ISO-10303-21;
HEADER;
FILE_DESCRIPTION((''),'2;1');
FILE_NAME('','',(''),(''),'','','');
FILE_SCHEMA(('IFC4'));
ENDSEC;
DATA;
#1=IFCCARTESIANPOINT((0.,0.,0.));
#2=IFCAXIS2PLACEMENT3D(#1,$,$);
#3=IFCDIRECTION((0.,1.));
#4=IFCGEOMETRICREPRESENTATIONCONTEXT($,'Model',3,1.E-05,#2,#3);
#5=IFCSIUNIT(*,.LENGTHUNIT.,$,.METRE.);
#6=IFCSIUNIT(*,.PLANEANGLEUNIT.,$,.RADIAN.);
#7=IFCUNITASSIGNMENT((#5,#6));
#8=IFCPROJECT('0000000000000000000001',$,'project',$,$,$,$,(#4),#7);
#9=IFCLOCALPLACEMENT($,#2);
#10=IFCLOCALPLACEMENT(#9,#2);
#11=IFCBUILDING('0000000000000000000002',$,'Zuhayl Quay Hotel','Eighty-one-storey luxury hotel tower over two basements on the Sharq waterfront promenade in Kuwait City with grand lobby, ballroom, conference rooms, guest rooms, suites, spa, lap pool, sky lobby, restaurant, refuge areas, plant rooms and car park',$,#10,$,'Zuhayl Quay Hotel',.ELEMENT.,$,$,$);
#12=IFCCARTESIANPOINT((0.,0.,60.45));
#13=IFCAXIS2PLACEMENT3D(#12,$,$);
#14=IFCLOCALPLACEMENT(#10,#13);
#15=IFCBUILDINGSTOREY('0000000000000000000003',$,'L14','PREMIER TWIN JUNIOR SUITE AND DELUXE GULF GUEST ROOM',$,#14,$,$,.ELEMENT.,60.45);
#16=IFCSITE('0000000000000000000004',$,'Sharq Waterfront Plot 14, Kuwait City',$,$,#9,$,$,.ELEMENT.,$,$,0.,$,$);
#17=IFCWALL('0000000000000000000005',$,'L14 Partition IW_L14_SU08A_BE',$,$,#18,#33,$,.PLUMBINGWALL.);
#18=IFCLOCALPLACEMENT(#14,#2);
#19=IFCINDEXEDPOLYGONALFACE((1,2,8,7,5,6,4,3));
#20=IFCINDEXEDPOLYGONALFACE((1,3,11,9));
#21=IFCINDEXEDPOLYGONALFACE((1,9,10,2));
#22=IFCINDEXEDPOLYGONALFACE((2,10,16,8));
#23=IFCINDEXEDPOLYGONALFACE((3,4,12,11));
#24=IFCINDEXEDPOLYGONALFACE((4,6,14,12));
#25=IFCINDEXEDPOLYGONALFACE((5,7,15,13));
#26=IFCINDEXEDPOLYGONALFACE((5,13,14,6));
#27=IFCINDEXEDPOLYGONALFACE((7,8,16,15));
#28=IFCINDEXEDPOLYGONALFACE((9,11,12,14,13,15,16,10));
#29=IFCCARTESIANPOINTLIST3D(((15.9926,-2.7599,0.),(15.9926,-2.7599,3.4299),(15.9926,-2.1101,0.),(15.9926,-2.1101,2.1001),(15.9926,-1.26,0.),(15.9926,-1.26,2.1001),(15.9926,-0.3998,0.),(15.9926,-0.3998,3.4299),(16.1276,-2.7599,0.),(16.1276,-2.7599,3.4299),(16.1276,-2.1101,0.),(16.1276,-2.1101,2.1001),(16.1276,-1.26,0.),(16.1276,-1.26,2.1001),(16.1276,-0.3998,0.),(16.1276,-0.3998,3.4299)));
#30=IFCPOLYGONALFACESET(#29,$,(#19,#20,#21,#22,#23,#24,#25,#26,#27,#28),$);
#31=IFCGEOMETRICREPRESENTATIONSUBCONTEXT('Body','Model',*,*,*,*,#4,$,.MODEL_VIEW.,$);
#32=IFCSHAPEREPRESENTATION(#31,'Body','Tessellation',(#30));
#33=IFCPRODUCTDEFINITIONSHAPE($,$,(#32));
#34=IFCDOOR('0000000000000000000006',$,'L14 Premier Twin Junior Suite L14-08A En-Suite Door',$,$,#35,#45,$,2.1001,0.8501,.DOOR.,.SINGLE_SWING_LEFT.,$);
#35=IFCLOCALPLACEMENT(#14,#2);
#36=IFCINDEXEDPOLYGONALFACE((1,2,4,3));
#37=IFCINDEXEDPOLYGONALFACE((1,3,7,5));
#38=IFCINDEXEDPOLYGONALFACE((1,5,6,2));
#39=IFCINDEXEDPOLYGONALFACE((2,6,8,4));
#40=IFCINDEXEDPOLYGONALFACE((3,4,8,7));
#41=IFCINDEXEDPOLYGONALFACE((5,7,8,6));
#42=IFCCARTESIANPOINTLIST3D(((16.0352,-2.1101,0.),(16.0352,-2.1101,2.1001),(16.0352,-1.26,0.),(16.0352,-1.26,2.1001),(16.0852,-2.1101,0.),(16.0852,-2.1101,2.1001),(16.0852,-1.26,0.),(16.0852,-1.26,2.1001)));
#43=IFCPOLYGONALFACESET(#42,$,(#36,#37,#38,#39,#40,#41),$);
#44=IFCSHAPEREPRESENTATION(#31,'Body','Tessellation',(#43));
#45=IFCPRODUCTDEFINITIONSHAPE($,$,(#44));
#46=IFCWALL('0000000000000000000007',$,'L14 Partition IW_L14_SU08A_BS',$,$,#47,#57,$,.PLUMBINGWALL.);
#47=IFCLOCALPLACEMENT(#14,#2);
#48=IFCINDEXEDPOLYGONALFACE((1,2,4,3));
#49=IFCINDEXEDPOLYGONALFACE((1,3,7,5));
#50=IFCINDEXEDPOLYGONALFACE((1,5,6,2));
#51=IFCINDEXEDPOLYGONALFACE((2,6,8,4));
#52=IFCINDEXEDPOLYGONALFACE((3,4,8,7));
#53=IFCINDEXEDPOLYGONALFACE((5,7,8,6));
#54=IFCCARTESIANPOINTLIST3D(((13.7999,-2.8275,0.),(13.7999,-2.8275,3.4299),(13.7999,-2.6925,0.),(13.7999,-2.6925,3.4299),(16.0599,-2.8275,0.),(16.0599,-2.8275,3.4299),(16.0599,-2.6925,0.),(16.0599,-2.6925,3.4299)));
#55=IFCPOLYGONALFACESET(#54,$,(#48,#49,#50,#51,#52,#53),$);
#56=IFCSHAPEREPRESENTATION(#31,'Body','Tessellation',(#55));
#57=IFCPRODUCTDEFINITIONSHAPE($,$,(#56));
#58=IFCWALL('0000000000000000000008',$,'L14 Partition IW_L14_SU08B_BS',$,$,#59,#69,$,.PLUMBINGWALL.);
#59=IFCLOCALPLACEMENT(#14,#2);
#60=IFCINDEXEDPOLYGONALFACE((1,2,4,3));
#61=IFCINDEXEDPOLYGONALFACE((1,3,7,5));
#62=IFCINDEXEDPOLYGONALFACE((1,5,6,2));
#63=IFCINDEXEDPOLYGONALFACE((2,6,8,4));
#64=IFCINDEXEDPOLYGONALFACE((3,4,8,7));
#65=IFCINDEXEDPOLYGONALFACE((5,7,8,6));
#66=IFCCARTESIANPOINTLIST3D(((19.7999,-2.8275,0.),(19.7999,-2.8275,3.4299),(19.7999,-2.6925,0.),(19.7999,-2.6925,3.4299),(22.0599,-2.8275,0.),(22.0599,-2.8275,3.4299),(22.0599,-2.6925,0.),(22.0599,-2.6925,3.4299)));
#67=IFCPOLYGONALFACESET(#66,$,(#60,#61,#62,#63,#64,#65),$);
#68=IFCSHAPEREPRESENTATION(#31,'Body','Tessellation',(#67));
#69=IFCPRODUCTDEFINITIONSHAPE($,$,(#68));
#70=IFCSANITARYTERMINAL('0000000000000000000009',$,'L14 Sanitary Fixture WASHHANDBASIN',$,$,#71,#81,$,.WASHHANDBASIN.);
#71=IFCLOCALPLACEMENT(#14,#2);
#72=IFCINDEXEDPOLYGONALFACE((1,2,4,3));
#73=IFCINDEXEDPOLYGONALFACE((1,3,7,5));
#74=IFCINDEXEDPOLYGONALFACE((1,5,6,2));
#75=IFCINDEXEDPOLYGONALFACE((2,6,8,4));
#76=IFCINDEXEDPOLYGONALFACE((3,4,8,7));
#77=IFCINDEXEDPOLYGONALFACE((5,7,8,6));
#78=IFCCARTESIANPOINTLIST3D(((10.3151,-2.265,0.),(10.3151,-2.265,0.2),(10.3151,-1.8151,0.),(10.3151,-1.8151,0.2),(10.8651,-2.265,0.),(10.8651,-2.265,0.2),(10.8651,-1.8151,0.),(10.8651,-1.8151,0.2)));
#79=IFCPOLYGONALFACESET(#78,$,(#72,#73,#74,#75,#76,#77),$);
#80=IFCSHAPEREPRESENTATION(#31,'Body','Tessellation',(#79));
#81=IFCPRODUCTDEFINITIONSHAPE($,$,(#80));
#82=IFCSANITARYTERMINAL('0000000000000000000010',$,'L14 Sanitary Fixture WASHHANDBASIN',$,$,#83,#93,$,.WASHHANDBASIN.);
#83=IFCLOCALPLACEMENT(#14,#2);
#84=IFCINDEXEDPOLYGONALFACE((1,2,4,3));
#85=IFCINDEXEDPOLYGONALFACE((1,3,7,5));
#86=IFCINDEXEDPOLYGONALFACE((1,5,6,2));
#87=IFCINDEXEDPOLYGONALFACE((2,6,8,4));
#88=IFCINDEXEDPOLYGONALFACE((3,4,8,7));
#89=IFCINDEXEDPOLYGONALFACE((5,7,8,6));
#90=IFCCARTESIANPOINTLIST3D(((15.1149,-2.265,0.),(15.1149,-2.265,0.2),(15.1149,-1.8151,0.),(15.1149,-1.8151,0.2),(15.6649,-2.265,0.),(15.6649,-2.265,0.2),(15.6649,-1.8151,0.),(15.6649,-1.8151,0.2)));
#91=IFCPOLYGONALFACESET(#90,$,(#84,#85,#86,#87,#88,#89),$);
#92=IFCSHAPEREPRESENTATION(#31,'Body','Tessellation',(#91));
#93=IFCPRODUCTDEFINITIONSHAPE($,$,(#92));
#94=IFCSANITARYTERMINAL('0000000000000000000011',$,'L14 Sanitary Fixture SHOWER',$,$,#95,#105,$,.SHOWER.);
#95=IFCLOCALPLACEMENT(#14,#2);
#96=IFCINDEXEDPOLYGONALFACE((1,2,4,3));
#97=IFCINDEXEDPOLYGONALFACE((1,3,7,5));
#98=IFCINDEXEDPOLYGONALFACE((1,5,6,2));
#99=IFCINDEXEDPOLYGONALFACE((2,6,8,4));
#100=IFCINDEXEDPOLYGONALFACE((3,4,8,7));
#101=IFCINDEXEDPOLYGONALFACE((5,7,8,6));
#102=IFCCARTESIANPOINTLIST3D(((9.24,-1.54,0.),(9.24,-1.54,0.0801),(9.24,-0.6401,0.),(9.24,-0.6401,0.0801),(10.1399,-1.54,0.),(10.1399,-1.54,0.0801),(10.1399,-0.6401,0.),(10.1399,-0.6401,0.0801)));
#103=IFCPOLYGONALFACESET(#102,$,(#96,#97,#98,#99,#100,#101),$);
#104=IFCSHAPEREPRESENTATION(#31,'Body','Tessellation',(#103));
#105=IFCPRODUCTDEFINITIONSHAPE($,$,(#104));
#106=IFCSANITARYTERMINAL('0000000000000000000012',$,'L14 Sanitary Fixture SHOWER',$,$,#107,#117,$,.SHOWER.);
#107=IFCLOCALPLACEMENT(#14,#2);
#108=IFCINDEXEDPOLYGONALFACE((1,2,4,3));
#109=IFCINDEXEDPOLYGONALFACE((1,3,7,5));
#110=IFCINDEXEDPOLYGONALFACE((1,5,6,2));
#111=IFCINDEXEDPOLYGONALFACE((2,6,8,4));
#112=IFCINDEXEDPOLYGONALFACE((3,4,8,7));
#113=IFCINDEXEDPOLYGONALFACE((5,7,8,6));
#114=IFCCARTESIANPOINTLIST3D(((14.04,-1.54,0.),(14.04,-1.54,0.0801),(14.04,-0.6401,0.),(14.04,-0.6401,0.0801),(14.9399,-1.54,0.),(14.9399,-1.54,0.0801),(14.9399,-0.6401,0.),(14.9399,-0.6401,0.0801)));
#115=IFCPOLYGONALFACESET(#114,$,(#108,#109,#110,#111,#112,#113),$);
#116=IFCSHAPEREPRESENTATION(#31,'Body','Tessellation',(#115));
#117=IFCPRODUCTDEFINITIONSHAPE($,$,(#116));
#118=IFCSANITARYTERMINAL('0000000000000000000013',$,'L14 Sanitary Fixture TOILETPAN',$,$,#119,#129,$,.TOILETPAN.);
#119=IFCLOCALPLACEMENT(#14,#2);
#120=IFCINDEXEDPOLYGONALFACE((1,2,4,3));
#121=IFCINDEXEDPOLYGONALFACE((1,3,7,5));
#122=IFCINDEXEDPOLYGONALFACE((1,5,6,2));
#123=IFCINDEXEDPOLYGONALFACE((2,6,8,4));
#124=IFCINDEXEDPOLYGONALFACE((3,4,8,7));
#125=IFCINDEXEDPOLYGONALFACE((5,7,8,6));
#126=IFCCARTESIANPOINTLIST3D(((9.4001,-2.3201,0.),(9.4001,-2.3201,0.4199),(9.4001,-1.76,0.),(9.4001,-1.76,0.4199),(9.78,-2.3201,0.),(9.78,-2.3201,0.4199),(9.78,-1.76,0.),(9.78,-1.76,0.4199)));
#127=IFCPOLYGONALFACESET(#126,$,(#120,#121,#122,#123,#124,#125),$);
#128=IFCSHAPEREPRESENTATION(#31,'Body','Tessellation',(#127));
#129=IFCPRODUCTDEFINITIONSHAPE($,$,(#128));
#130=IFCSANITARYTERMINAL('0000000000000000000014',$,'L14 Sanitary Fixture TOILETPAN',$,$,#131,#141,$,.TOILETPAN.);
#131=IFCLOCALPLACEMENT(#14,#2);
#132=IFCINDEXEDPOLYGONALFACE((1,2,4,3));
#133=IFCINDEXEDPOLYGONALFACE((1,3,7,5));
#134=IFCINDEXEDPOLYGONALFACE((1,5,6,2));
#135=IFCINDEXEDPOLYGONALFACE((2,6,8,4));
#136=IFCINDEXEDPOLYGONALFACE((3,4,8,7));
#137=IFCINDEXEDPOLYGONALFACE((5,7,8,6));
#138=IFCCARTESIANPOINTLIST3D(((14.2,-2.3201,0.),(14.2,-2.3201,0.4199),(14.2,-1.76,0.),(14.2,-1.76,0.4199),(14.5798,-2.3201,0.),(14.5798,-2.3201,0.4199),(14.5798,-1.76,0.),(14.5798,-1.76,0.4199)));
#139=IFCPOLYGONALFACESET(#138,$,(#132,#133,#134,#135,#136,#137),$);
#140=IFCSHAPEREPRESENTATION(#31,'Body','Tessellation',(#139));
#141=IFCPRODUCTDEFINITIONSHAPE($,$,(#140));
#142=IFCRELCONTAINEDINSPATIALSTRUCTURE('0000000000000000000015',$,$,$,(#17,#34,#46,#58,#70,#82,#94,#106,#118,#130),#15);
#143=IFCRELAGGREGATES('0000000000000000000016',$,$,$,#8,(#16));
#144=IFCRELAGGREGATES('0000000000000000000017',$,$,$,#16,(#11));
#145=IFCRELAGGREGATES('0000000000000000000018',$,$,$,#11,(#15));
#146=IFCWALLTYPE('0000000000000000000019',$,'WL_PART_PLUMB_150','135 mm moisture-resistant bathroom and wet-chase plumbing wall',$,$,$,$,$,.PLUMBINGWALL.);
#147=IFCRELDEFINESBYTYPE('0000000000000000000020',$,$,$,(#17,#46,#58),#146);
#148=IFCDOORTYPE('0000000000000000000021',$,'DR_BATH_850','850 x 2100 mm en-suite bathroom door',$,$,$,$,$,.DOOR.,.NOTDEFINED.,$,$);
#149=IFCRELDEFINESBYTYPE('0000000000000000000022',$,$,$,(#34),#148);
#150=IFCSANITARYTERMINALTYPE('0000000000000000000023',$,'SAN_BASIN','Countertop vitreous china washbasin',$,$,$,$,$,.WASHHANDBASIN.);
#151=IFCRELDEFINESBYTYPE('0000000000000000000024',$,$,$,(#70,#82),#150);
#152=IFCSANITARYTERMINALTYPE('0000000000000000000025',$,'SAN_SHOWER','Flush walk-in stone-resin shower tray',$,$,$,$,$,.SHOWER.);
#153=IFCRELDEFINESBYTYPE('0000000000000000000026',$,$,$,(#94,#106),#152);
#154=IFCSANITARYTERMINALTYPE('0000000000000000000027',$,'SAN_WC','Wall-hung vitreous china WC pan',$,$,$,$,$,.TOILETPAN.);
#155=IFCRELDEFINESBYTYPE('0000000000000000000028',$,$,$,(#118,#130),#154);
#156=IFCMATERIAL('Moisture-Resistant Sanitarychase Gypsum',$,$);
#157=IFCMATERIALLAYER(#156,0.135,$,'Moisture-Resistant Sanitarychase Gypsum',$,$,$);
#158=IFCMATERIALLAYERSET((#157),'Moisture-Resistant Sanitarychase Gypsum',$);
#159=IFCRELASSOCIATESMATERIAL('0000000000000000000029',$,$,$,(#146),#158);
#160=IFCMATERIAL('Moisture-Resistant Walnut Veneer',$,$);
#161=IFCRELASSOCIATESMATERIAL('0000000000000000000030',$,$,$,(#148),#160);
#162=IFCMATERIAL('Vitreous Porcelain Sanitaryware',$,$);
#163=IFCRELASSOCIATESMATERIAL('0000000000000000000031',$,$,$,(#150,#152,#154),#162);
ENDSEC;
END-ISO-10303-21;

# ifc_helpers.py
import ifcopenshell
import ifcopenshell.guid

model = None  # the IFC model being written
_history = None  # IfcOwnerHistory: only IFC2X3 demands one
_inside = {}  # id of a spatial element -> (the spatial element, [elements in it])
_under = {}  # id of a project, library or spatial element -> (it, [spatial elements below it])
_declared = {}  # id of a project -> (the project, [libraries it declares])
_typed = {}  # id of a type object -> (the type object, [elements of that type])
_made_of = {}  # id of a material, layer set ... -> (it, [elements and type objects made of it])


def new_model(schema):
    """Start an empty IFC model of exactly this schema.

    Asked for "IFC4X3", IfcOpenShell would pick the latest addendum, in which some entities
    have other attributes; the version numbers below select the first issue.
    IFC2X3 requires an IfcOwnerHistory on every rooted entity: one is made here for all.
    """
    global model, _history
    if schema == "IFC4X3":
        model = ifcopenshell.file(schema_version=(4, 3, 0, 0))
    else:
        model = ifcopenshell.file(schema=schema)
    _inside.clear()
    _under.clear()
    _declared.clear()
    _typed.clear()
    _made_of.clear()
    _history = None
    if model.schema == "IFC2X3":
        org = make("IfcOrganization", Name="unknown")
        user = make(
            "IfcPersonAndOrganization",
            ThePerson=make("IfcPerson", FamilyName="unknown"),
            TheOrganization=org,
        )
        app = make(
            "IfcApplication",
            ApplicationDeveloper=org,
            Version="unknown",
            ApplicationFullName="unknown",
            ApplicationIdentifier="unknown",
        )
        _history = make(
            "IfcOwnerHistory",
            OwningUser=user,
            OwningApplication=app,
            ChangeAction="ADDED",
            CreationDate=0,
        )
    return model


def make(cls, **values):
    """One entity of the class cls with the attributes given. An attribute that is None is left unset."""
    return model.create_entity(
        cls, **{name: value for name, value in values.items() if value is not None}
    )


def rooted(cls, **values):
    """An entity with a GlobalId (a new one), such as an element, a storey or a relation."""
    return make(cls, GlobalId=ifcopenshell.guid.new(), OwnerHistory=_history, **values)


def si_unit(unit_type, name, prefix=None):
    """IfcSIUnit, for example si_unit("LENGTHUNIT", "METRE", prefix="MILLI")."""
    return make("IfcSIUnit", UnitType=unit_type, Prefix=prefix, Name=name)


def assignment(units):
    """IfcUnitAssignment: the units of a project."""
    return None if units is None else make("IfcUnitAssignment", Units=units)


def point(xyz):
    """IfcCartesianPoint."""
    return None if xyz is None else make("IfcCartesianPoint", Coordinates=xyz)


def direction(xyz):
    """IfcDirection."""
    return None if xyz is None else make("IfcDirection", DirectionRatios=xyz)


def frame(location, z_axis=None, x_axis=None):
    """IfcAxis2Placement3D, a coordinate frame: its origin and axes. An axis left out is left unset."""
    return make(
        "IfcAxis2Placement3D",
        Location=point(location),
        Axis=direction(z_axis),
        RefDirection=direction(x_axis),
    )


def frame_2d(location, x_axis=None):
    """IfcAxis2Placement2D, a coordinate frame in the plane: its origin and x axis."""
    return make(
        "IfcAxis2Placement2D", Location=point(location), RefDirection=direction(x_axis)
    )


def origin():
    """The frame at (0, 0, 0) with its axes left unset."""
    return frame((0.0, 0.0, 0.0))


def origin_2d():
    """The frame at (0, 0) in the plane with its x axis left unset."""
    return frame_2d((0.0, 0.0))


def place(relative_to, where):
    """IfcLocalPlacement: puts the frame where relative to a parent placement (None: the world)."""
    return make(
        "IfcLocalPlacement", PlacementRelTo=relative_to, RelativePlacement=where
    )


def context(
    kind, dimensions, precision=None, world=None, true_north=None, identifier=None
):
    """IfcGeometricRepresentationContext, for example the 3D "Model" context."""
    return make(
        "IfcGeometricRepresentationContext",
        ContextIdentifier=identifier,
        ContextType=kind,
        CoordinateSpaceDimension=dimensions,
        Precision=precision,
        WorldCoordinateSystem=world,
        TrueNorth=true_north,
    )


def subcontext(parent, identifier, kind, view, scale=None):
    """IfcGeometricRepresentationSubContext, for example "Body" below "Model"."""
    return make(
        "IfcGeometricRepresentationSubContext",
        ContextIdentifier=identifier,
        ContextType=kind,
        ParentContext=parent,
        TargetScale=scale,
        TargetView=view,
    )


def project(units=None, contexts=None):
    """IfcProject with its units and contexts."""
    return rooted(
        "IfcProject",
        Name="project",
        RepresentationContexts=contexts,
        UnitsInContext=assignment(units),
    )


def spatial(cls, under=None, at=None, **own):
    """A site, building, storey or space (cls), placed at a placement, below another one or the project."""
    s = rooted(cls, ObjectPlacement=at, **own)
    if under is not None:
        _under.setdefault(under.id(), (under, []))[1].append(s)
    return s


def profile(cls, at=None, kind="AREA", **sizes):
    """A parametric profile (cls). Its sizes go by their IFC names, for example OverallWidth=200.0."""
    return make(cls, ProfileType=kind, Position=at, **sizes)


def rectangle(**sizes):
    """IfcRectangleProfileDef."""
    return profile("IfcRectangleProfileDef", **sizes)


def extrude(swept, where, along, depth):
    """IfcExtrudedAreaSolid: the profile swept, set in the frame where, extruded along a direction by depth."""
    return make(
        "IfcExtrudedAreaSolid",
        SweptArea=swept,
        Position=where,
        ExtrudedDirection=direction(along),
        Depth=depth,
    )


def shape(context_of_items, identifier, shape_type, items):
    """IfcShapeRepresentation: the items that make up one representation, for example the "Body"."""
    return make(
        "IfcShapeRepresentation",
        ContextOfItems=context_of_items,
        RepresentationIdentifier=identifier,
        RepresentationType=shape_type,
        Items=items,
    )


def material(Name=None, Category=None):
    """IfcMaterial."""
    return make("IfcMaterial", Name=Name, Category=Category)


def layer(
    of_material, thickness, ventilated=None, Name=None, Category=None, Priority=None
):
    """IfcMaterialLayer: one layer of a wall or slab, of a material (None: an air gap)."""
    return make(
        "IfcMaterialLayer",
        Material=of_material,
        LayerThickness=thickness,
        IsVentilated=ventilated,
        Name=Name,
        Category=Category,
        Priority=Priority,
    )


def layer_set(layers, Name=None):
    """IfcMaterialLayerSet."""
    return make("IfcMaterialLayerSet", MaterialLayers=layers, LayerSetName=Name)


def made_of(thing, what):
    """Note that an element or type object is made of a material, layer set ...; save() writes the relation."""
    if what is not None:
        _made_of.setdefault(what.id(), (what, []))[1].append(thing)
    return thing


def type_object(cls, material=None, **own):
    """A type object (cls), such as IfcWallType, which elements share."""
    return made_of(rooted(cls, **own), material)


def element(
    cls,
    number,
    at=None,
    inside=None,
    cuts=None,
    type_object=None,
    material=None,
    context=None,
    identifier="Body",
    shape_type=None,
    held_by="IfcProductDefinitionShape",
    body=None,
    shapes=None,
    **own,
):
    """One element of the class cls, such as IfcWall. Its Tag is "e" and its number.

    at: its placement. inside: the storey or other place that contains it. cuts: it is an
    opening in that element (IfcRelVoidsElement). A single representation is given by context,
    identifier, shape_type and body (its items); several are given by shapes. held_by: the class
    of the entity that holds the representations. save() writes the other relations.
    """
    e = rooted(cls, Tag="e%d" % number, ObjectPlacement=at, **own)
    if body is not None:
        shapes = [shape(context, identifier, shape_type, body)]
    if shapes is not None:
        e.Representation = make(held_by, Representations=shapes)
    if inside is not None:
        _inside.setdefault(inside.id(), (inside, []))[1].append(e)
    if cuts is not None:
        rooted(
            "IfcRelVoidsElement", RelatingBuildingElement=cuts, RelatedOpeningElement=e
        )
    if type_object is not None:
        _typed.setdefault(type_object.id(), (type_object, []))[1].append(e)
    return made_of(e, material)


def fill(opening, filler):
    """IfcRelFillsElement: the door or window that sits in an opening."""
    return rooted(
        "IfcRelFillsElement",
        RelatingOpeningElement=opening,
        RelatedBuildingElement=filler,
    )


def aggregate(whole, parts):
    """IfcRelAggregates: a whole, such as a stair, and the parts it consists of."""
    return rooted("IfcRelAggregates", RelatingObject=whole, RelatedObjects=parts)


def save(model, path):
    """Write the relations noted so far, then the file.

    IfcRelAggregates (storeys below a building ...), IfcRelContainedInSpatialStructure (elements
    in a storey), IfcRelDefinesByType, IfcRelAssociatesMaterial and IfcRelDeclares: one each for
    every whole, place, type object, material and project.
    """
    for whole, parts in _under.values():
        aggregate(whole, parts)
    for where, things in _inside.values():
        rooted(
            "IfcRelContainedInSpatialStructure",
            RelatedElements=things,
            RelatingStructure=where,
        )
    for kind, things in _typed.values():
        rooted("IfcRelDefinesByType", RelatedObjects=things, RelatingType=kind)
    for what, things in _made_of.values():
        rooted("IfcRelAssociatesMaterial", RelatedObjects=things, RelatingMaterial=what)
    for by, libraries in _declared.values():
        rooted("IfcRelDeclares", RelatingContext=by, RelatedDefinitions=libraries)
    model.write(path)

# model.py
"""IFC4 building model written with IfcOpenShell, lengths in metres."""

from ifc_helpers import new_model, si_unit, direction, frame, frame_2d, origin, origin_2d, place, context, subcontext, project, spatial, rectangle, extrude, material, layer, layer_set, type_object, element, fill, save


model = new_model("IFC4")

# Units and contexts
model_context = context("Model", 3, precision=1e-05, world=origin(), true_north=direction((0.0, 1.0)))
body_context = subcontext(model_context, "Body", "Model", "MODEL_VIEW")
ifc_project = project(units=[si_unit("LENGTHUNIT", "METRE"), si_unit("PLANEANGLEUNIT", "RADIAN")], contexts=[model_context])

# Site, building, storey
site_placement = place(None, origin())
site = spatial("IfcSite", under=ifc_project, at=site_placement, Name="Sharq Waterfront Plot 14, Kuwait City", CompositionType="ELEMENT", RefElevation=0.0)
building_placement = place(site_placement, origin())
building = spatial("IfcBuilding", under=site, at=building_placement, Name="Zuhayl Quay Hotel", Description="Eighty-one-storey luxury hotel tower over two basements on the Sharq waterfront promenade in Kuwait City with grand lobby, ballroom, conference rooms, guest rooms, suites, spa, lap pool, sky lobby, restaurant, refuge areas, plant rooms and car park", LongName="Zuhayl Quay Hotel", CompositionType="ELEMENT")
storey_placement = place(building_placement, frame((0.0, 0.0, 60.45)))
storey = spatial("IfcBuildingStorey", under=building, at=storey_placement, Name="L14", Description="PREMIER TWIN JUNIOR SUITE AND DELUXE GULF GUEST ROOM", CompositionType="ELEMENT", Elevation=60.45)

# Wall, opening, door
ifc_material_1 = material(Name="Moisture-Resistant Sanitarychase Gypsum")
ifc_layer_1 = layer(ifc_material_1, 0.135, Name="Moisture-Resistant Sanitarychase Gypsum")
ifc_layer_set_1 = layer_set([ifc_layer_1], Name="Moisture-Resistant Sanitarychase Gypsum")
wall_type_1 = type_object("IfcWallType", Name="WL_PART_PLUMB_150", Description="135 mm moisture-resistant bathroom and wet-chase plumbing wall", PredefinedType="PLUMBINGWALL", material=ifc_layer_set_1)
ifc_material_2 = material(Name="Moisture-Resistant Walnut Veneer")
door_type_1 = type_object("IfcDoorType", Name="DR_BATH_850", Description="850 x 2100 mm en-suite bathroom door", OperationType="NOTDEFINED", PredefinedType="DOOR", material=ifc_material_2)
wall_1_placement = place(storey_placement, frame((16.0601, -2.76, 0.0), z_axis=(0.0, 0.0, 1.0), x_axis=(0.0, 1.0, 0.0)))
wall_1 = element("IfcWall", 1, at=wall_1_placement, inside=storey, type_object=wall_type_1, Name="L14 Partition IW_L14_SU08A_BE", PredefinedType="PLUMBINGWALL", context=body_context, shape_type="SweptSolid", body=[
    extrude(rectangle(XDim=2.3601, YDim=0.135, at=frame_2d((1.1802, 0.0))), origin(), (0.0, 0.0, 1.0), 3.4299),
])
opening_1_placement = place(wall_1_placement, frame((0.6499, 0.0, 0.0)))
opening_1 = element("IfcOpeningElement", 2, at=opening_1_placement, cuts=wall_1, PredefinedType="OPENING", context=body_context, shape_type="SweptSolid", body=[
    extrude(rectangle(XDim=0.8501, YDim=2.1001, at=frame_2d((0.425, 1.05))), frame((0.0, 0.0774, 0.0), z_axis=(0.0, -1.0, 0.0), x_axis=(1.0, 0.0, 0.0)), (0.0, 0.0, 1.0), 0.155),
])
door_1_placement = place(opening_1_placement, origin())
door_1 = element("IfcDoor", 3, at=door_1_placement, inside=storey, type_object=door_type_1, Name="L14 Premier Twin Junior Suite L14-08A En-Suite Door", OperationType="SINGLE_SWING_LEFT", OverallHeight=2.1001, OverallWidth=0.8501, PredefinedType="DOOR", context=body_context, shape_type="SweptSolid", body=[
    extrude(rectangle(XDim=0.8501, YDim=2.1001, at=frame_2d((0.425, 1.05))), frame((0.0, 0.0249, 0.0), z_axis=(0.0, -1.0, 0.0), x_axis=(1.0, 0.0, 0.0)), (0.0, 0.0, 1.0), 0.05),
])
fill(opening_1, door_1)

# Walls
for number, where, z_axis, x_axis, name in (
    (4, (13.8, -2.76, 0.0), (0.0, 0.0, 1.0), (1.0, 0.0, 0.0), "L14 Partition IW_L14_SU08A_BS"),
    (5, (19.8, -2.76, 0.0), (0.0, 0.0, 1.0), (1.0, 0.0, 0.0), "L14 Partition IW_L14_SU08B_BS"),
):
    element("IfcWall", number, at=place(storey_placement, frame(where, z_axis=z_axis, x_axis=x_axis)), inside=storey, type_object=wall_type_1, Name=name, PredefinedType="PLUMBINGWALL", context=body_context, shape_type="SweptSolid", body=[
        extrude(rectangle(XDim=2.26, YDim=0.135, at=frame_2d((1.1299, 0.0))), origin(), (0.0, 0.0, 1.0), 3.4299),
    ])

# Sanitary terminals
ifc_material_3 = material(Name="Vitreous Porcelain Sanitaryware")
sanitary_terminal_type_1 = type_object("IfcSanitaryTerminalType", Name="SAN_BASIN", Description="Countertop vitreous china washbasin", PredefinedType="WASHHANDBASIN", material=ifc_material_3)
for number, where, z_axis, x_axis, name in (
    (6, (10.5901, -2.04, 0.0), (0.0, 0.0, 1.0), (1.0, 0.0, 0.0), "L14 Sanitary Fixture WASHHANDBASIN"),
    (7, (15.3899, -2.04, 0.0), (0.0, 0.0, 1.0), (1.0, 0.0, 0.0), "L14 Sanitary Fixture WASHHANDBASIN"),
):
    element("IfcSanitaryTerminal", number, at=place(storey_placement, frame(where, z_axis=z_axis, x_axis=x_axis)), inside=storey, type_object=sanitary_terminal_type_1, Name=name, PredefinedType="WASHHANDBASIN", context=body_context, shape_type="SweptSolid", body=[
        extrude(rectangle(XDim=0.55, YDim=0.45, at=origin_2d()), origin(), (0.0, 0.0, 1.0), 0.2),
    ])
sanitary_terminal_type_2 = type_object("IfcSanitaryTerminalType", Name="SAN_SHOWER", Description="Flush walk-in stone-resin shower tray", PredefinedType="SHOWER", material=ifc_material_3)
for number, where, z_axis, x_axis, name in (
    (8, (9.6899, -1.0901, 0.0), (0.0, 0.0, 1.0), (1.0, 0.0, 0.0), "L14 Sanitary Fixture SHOWER"),
    (9, (14.49, -1.0901, 0.0), (0.0, 0.0, 1.0), (1.0, 0.0, 0.0), "L14 Sanitary Fixture SHOWER"),
):
    element("IfcSanitaryTerminal", number, at=place(storey_placement, frame(where, z_axis=z_axis, x_axis=x_axis)), inside=storey, type_object=sanitary_terminal_type_2, Name=name, PredefinedType="SHOWER", context=body_context, shape_type="SweptSolid", body=[
        extrude(rectangle(XDim=0.8999, YDim=0.8999, at=origin_2d()), origin(), (0.0, 0.0, 1.0), 0.0801),
    ])
sanitary_terminal_type_3 = type_object("IfcSanitaryTerminalType", Name="SAN_WC", Description="Wall-hung vitreous china WC pan", PredefinedType="TOILETPAN", material=ifc_material_3)
for number, where, z_axis, x_axis, name in (
    (10, (9.5901, -2.04, 0.0), (0.0, 0.0, 1.0), (1.0, 0.0, 0.0), "L14 Sanitary Fixture TOILETPAN"),
    (11, (14.3899, -2.04, 0.0), (0.0, 0.0, 1.0), (1.0, 0.0, 0.0), "L14 Sanitary Fixture TOILETPAN"),
):
    element("IfcSanitaryTerminal", number, at=place(storey_placement, frame(where, z_axis=z_axis, x_axis=x_axis)), inside=storey, type_object=sanitary_terminal_type_3, Name=name, PredefinedType="TOILETPAN", context=body_context, shape_type="SweptSolid", body=[
        extrude(rectangle(XDim=0.3799, YDim=0.5601, at=origin_2d()), origin(), (0.0, 0.0, 1.0), 0.4199),
    ])

save(model, "model.ifc")
